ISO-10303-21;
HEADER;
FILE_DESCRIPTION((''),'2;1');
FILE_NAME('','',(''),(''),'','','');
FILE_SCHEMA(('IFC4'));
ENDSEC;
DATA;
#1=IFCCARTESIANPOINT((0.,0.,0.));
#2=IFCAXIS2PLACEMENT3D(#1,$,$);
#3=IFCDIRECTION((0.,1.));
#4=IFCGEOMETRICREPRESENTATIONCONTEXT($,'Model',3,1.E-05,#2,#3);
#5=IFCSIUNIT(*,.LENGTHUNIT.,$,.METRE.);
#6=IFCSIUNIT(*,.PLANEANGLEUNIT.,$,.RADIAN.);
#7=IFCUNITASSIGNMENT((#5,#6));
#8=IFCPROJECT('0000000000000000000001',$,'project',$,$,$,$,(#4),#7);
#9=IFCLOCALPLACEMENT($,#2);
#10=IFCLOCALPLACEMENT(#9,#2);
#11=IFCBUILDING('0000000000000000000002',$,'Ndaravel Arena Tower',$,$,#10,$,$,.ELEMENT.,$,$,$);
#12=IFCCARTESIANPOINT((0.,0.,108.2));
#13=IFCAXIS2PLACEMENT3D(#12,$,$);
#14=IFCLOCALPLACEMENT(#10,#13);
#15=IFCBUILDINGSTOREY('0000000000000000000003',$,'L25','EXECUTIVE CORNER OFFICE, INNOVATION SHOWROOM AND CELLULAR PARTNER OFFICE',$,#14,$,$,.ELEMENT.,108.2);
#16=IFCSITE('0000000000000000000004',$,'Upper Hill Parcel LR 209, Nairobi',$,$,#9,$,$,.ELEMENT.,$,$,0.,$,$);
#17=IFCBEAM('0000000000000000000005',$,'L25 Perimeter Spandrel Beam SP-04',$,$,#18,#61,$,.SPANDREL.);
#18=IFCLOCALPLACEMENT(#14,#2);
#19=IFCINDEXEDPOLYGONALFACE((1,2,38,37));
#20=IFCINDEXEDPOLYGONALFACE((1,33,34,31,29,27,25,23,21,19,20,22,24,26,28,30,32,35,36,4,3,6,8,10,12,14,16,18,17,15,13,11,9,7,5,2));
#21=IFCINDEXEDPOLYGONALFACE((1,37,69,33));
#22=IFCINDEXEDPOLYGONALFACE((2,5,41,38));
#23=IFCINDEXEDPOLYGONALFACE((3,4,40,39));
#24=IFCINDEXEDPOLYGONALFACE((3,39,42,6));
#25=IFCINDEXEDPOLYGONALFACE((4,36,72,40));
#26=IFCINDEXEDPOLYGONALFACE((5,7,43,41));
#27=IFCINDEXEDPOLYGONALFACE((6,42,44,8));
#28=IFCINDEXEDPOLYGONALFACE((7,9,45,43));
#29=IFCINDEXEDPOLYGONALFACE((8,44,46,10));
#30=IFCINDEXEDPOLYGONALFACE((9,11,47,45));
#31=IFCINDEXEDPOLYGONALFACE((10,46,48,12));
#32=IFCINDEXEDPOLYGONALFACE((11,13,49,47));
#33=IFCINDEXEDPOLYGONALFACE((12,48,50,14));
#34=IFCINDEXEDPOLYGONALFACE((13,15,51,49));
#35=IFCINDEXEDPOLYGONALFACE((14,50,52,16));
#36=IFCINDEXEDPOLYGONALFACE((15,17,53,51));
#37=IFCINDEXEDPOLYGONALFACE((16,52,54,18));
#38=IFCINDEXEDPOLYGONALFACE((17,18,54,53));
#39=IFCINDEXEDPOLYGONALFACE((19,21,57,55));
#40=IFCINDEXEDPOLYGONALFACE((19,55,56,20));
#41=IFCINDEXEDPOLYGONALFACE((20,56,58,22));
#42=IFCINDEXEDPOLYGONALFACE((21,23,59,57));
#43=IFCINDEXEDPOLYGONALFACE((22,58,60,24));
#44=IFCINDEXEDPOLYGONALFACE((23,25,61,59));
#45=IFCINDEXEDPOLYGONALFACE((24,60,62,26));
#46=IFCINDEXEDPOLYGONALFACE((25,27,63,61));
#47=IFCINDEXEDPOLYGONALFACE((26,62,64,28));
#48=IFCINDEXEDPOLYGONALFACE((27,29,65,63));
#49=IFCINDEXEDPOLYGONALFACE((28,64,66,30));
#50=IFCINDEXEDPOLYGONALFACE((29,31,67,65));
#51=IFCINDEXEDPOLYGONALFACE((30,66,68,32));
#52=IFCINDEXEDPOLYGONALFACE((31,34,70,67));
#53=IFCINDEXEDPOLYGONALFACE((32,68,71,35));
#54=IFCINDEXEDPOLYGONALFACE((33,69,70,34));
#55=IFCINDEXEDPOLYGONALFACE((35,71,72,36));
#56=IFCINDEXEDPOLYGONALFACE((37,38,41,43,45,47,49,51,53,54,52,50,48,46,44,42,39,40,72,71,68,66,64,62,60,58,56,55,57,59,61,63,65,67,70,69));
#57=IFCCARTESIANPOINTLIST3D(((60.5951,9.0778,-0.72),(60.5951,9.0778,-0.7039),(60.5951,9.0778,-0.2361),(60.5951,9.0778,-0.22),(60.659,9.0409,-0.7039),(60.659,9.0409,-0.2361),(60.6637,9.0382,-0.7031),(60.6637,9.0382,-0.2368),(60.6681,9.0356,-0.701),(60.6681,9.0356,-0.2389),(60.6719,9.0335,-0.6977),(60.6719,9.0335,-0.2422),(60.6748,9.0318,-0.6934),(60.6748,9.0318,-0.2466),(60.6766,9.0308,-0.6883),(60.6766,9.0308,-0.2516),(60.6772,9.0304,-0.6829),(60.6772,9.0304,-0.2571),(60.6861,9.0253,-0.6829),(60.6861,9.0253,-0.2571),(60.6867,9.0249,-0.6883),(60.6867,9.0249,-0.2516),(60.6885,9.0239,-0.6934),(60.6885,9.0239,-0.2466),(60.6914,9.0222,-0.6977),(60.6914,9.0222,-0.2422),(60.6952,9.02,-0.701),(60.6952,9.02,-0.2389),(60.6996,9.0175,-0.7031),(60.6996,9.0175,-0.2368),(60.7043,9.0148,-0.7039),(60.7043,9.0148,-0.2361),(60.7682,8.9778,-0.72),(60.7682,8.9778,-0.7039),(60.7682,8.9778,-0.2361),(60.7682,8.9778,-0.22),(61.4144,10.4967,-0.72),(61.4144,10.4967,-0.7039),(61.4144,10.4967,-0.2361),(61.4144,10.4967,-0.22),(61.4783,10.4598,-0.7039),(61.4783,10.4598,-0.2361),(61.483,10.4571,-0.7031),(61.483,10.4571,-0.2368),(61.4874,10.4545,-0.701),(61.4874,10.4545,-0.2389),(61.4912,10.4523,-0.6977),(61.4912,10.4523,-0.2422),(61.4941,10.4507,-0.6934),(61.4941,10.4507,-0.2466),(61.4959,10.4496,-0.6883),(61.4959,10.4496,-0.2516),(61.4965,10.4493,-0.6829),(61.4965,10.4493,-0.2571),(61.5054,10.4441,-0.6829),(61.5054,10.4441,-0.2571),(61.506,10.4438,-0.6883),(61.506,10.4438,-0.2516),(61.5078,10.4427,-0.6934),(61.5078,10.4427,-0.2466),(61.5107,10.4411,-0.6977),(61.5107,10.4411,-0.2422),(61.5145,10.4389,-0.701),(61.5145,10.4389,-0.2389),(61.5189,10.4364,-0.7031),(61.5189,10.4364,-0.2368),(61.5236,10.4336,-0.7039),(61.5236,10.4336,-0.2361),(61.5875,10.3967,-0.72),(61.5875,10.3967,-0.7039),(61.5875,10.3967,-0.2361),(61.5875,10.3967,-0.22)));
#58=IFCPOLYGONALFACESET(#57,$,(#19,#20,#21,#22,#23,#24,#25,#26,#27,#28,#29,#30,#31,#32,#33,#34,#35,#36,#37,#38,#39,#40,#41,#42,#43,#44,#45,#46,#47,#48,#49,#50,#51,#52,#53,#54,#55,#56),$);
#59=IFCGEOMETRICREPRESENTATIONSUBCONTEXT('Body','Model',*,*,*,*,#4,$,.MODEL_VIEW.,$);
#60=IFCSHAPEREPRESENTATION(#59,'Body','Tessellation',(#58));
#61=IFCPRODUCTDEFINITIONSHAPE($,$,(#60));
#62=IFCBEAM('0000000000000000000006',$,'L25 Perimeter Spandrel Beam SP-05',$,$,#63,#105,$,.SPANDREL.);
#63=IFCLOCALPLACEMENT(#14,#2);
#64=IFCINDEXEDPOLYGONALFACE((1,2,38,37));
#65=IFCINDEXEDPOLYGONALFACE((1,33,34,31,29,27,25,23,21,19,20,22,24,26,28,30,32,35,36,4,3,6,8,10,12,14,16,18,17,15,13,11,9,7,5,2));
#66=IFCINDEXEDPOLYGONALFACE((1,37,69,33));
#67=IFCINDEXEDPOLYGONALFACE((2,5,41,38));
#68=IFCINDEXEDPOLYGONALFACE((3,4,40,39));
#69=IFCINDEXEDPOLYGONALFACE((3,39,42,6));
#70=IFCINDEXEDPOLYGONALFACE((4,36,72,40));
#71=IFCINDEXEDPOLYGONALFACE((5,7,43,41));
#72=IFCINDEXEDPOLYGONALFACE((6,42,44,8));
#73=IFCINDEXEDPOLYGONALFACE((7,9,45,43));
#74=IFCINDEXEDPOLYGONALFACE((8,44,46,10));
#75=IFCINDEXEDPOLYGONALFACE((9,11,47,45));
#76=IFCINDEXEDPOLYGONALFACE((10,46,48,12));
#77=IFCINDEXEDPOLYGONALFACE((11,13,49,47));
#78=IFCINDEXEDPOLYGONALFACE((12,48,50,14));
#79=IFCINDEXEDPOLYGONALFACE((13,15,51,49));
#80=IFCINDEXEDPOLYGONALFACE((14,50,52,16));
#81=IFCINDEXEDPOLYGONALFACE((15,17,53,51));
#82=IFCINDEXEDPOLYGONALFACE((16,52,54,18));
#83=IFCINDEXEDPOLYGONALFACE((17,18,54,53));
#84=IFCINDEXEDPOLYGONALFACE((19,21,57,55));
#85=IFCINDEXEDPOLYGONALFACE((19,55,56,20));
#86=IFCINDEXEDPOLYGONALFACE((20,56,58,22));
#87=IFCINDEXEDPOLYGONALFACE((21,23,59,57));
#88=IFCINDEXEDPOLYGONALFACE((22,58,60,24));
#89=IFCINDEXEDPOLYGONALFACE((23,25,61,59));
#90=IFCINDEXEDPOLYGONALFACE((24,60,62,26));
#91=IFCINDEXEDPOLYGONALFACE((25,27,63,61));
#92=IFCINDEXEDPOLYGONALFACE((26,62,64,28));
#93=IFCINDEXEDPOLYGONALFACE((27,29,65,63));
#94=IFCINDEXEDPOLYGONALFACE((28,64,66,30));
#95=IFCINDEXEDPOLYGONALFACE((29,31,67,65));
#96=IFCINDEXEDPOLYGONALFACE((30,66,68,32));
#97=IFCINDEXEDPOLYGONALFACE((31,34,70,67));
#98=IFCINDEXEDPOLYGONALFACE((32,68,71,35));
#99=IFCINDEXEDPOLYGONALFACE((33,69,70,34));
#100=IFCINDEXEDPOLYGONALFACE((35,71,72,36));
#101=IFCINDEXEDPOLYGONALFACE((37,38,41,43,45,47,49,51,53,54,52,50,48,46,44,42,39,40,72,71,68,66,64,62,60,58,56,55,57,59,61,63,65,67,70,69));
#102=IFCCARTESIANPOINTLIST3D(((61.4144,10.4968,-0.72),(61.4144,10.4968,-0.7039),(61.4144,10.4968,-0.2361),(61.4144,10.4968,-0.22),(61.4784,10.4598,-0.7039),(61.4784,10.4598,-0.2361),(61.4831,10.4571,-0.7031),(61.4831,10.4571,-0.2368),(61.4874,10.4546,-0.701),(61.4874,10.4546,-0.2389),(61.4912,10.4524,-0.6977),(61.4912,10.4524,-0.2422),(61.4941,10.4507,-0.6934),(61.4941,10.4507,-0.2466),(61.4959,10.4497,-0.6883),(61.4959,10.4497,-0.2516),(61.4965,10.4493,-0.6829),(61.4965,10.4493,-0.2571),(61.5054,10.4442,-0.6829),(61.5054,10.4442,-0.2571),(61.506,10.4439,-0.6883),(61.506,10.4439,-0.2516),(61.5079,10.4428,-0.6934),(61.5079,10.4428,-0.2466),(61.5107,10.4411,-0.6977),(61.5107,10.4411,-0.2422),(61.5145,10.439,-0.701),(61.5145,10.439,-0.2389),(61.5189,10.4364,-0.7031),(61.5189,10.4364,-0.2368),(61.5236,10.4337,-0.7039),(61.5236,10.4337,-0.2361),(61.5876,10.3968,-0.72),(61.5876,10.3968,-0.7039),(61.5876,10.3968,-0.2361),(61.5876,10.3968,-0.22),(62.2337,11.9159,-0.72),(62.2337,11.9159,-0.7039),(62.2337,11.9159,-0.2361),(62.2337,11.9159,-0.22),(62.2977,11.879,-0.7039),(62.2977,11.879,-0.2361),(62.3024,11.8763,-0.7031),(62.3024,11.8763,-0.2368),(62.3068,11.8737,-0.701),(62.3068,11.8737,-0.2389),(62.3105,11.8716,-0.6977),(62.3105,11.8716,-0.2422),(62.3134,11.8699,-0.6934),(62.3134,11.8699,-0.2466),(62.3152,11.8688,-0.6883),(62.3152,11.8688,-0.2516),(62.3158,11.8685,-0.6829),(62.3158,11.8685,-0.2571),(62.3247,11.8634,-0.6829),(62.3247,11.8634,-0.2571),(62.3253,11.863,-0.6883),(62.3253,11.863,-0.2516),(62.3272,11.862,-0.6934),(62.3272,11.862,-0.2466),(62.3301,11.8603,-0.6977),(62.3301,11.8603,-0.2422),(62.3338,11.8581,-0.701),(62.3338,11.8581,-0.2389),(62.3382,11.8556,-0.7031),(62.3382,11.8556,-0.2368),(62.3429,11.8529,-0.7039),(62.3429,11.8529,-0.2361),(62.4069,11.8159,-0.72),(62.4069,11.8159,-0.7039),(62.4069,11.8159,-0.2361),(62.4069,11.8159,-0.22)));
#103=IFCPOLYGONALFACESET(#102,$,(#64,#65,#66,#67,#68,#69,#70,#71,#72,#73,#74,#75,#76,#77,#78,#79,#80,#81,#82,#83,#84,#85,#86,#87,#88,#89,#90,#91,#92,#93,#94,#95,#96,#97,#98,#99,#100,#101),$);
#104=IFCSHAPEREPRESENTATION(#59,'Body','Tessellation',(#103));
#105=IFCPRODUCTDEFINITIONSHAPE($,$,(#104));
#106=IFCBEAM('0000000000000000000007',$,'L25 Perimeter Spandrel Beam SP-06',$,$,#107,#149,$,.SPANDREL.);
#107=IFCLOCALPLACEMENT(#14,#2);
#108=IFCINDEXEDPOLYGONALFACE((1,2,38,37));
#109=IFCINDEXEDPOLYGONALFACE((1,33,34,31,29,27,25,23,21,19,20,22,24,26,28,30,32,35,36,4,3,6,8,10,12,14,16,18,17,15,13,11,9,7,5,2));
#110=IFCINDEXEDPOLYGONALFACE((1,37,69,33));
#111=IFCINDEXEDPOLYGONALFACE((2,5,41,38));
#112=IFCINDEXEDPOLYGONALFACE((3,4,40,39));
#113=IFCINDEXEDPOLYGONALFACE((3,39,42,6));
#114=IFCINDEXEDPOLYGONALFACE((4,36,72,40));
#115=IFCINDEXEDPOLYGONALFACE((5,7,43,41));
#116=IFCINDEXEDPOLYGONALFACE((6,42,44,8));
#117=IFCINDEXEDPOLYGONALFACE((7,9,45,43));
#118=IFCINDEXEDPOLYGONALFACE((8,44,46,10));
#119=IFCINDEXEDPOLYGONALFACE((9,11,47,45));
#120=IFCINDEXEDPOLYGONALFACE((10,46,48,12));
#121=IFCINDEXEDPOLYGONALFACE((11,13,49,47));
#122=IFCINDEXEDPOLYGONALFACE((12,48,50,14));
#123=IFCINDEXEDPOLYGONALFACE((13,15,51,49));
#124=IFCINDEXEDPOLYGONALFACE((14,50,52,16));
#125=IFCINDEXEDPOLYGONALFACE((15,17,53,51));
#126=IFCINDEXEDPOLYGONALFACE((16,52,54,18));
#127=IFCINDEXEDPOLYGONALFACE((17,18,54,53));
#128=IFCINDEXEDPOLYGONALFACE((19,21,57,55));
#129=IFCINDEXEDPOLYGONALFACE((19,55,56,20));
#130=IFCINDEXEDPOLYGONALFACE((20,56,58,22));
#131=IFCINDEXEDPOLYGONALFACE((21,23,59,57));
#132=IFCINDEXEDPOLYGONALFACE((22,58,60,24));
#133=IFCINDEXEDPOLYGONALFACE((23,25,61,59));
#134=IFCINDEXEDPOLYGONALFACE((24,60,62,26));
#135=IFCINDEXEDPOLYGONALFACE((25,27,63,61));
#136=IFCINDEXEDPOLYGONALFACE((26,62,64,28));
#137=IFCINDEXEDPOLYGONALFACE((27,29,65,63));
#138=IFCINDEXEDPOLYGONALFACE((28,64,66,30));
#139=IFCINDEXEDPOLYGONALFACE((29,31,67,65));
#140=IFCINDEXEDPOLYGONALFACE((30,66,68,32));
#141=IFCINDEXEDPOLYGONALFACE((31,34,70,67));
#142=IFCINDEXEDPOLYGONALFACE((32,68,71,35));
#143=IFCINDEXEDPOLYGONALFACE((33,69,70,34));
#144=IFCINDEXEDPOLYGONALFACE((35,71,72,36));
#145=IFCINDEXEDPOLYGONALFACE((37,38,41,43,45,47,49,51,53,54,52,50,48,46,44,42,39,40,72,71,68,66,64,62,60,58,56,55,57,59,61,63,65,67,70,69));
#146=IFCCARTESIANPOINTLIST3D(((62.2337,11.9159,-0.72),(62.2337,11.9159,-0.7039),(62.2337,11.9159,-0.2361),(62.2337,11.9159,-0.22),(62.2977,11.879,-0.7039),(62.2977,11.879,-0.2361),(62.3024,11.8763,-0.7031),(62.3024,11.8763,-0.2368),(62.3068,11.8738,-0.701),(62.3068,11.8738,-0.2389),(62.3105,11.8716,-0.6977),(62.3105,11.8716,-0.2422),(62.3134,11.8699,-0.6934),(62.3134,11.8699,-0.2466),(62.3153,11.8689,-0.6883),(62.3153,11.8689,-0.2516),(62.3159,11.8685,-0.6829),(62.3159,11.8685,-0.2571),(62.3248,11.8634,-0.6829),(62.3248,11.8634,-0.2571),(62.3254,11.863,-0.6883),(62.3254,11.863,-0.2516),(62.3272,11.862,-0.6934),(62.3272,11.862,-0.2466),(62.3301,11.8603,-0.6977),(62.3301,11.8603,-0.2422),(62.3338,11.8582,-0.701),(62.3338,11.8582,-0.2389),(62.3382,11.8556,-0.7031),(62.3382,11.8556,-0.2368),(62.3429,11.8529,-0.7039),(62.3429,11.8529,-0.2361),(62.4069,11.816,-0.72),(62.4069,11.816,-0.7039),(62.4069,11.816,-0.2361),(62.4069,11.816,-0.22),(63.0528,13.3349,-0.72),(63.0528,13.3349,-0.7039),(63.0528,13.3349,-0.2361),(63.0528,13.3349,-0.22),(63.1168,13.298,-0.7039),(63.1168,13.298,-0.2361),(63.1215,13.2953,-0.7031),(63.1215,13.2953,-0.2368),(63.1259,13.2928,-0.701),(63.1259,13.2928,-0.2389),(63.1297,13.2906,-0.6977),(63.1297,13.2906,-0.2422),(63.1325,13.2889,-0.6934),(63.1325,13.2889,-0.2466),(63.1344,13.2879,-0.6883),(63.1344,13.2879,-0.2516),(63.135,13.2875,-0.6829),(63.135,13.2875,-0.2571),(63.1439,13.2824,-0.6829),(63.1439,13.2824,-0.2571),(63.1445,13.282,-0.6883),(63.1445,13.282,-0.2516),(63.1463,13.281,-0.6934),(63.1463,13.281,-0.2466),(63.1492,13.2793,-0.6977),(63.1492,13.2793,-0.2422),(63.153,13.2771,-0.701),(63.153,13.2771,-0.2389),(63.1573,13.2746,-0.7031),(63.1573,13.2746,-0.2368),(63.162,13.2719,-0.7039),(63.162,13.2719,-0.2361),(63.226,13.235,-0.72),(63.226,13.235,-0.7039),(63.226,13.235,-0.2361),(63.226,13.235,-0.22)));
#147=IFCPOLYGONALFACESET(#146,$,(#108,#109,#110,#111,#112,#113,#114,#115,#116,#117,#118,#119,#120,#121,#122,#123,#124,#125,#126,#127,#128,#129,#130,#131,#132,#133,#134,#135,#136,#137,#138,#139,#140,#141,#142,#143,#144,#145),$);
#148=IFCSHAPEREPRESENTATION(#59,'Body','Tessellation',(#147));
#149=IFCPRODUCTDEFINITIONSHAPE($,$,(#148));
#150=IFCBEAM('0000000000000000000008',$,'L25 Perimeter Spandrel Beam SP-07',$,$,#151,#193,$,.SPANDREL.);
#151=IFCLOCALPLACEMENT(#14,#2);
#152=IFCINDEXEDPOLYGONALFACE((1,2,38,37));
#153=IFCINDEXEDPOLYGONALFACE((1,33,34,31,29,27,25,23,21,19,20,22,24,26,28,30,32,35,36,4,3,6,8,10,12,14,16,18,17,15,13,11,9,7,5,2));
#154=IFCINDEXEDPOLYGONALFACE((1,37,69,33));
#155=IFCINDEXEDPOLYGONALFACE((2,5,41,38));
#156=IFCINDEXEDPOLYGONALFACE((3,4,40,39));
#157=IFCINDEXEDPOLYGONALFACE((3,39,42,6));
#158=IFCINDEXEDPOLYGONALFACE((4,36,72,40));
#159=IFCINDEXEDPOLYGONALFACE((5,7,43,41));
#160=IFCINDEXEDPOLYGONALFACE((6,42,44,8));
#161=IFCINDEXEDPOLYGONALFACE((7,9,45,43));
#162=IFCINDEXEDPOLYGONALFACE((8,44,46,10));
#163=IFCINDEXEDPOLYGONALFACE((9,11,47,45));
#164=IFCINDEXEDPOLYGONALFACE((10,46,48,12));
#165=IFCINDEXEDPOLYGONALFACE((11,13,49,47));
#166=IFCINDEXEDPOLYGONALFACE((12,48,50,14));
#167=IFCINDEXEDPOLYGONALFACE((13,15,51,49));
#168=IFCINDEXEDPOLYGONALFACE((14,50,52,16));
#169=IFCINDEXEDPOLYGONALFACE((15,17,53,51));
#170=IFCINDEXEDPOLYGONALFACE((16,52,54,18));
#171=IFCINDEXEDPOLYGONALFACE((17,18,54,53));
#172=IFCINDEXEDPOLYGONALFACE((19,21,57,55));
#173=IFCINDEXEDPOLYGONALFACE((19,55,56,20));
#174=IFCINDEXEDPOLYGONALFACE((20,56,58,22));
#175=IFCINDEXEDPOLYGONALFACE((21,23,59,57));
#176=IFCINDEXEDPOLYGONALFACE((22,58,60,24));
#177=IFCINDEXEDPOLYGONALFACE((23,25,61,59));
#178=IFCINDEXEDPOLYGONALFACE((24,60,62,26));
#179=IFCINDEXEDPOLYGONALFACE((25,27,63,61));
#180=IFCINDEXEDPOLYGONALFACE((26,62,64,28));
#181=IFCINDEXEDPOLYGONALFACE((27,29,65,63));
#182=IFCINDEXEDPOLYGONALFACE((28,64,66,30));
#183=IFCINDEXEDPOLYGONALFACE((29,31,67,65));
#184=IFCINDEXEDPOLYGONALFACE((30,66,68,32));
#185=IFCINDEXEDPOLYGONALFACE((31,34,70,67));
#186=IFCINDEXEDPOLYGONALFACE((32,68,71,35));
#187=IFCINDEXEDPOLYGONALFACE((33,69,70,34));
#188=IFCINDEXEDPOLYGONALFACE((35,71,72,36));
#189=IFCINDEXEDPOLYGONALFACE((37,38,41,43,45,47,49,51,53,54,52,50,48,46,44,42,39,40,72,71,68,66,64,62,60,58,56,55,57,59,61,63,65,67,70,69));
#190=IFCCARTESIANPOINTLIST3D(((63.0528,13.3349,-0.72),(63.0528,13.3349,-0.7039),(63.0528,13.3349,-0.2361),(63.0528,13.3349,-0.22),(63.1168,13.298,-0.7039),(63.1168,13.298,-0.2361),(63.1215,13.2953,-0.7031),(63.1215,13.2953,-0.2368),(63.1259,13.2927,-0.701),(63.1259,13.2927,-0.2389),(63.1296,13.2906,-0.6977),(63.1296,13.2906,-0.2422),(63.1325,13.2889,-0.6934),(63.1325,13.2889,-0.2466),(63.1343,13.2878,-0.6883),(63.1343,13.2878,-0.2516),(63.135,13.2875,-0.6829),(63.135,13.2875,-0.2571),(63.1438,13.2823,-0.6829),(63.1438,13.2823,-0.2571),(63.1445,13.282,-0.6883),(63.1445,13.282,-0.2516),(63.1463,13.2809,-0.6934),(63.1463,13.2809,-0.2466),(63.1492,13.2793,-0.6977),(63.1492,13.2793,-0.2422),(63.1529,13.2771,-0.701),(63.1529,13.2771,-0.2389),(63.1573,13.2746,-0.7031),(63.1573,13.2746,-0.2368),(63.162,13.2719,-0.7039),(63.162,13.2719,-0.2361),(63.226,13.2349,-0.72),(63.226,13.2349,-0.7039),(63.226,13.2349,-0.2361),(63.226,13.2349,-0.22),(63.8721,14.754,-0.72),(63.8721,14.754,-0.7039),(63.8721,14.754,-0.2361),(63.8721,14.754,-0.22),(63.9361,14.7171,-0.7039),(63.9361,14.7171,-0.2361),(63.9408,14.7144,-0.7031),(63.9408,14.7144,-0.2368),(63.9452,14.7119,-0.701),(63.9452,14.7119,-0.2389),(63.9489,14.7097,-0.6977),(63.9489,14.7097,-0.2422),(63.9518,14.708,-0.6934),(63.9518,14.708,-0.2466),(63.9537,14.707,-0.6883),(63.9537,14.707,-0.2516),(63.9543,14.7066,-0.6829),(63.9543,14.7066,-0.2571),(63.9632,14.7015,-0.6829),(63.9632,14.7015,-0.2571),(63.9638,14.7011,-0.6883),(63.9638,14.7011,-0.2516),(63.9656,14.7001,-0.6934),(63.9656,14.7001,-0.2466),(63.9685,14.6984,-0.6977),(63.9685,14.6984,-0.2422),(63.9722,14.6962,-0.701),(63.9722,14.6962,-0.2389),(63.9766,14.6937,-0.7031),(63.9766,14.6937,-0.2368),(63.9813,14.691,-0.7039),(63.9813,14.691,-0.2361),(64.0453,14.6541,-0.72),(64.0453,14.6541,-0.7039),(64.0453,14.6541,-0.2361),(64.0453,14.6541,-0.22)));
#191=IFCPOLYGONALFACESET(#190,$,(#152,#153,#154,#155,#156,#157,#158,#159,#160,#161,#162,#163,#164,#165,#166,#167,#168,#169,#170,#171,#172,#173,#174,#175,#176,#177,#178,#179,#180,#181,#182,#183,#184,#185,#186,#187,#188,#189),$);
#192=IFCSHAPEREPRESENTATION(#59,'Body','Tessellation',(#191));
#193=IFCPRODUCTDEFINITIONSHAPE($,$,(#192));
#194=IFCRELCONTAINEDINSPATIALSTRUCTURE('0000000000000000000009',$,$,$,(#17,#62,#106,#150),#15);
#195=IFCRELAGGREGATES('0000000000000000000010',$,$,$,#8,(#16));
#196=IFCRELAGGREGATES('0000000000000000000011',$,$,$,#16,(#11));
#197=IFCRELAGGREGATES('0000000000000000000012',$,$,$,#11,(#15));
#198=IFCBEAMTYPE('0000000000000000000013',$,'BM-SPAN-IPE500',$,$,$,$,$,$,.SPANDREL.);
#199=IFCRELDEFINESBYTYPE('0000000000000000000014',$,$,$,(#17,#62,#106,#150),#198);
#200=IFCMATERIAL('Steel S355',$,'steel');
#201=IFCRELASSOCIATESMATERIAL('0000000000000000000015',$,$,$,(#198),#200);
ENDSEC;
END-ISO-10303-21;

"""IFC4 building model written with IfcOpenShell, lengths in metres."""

from ifc_helpers import new_model, si_unit, direction, frame, origin, origin_2d, place, context, subcontext, project, spatial, i_section, extrude, material, material_profile, profile_set, type_object, element, save


model = new_model("IFC4")

# Units and contexts
model_context = context("Model", 3, precision=1e-05, world=origin(), true_north=direction((0.0, 1.0)))
body_context = subcontext(model_context, "Body", "Model", "MODEL_VIEW")
ifc_project = project(units=[si_unit("LENGTHUNIT", "METRE"), si_unit("PLANEANGLEUNIT", "RADIAN")], contexts=[model_context])

# Site, building, storey
site_placement = place(None, origin())
site = spatial("IfcSite", under=ifc_project, at=site_placement, Name="Upper Hill Parcel LR 209, Nairobi", CompositionType="ELEMENT", RefElevation=0.0)
building_placement = place(site_placement, origin())
building = spatial("IfcBuilding", under=site, at=building_placement, Name="Ndaravel Arena Tower", CompositionType="ELEMENT")
storey_placement = place(building_placement, frame((0.0, 0.0, 108.2)))
storey = spatial("IfcBuildingStorey", under=building, at=storey_placement, Name="L25", Description="EXECUTIVE CORNER OFFICE, INNOVATION SHOWROOM AND CELLULAR PARTNER OFFICE", CompositionType="ELEMENT", Elevation=108.2)

# Beams
ifc_material_1 = material(Name="Steel S355", Category="steel")
ifc_material_profile_1 = material_profile(ifc_material_1, i_section(OverallWidth=0.2, OverallDepth=0.5, WebThickness=0.0103, FlangeThickness=0.0161, FilletRadius=0.021, at=origin_2d()), Name="IPE 500")
ifc_profile_set_1 = profile_set([ifc_material_profile_1], Name="Steel S355")
beam_type = type_object("IfcBeamType", Name="BM-SPAN-IPE500", PredefinedType="SPANDREL", material=ifc_profile_set_1)
beam_1_placement = place(storey_placement, frame((60.6816, 9.0278, -0.47), z_axis=(0.500049, 0.865997, 0.0), x_axis=(-0.865997, 0.500049, 0.0)))
element("IfcBeam", 1, at=beam_1_placement, inside=storey, type_object=beam_type, Name="L25 Perimeter Spandrel Beam SP-04", PredefinedType="SPANDREL", context=body_context, shape_type="SweptSolid", body=[
    extrude(i_section(OverallWidth=0.2, OverallDepth=0.5, WebThickness=0.0103, FlangeThickness=0.0161, FilletRadius=0.021, at=origin_2d()), origin(), (0.0, 0.0, 1.0), 1.6384),
])
beam_2_placement = place(storey_placement, frame((61.501, 10.4468, -0.47), z_axis=(0.499985, 0.866034, 0.0), x_axis=(-0.866034, 0.499985, 0.0)))
element("IfcBeam", 2, at=beam_2_placement, inside=storey, type_object=beam_type, Name="L25 Perimeter Spandrel Beam SP-05", PredefinedType="SPANDREL", context=body_context, shape_type="SweptSolid", body=[
    extrude(i_section(OverallWidth=0.2, OverallDepth=0.5, WebThickness=0.0103, FlangeThickness=0.0161, FilletRadius=0.021, at=origin_2d()), origin(), (0.0, 0.0, 1.0), 1.6387),
])
beam_3_placement = place(storey_placement, frame((62.3203, 11.866, -0.47), z_axis=(0.499937, 0.866062, 0.0), x_axis=(-0.866062, 0.499937, 0.0)))
element("IfcBeam", 3, at=beam_3_placement, inside=storey, type_object=beam_type, Name="L25 Perimeter Spandrel Beam SP-06", PredefinedType="SPANDREL", context=body_context, shape_type="SweptSolid", body=[
    extrude(i_section(OverallWidth=0.2, OverallDepth=0.5, WebThickness=0.0103, FlangeThickness=0.0161, FilletRadius=0.021, at=origin_2d()), origin(), (0.0, 0.0, 1.0), 1.6384),
])
beam_4_placement = place(storey_placement, frame((63.1394, 13.2849, -0.47), z_axis=(0.499985, 0.866034, 0.0), x_axis=(-0.866034, 0.499985, 0.0)))
element("IfcBeam", 4, at=beam_4_placement, inside=storey, type_object=beam_type, Name="L25 Perimeter Spandrel Beam SP-07", PredefinedType="SPANDREL", context=body_context, shape_type="SweptSolid", body=[
    extrude(i_section(OverallWidth=0.2, OverallDepth=0.5, WebThickness=0.0103, FlangeThickness=0.0161, FilletRadius=0.021, at=origin_2d()), origin(), (0.0, 0.0, 1.0), 1.6387),
])

save(model, "model.ifc")
